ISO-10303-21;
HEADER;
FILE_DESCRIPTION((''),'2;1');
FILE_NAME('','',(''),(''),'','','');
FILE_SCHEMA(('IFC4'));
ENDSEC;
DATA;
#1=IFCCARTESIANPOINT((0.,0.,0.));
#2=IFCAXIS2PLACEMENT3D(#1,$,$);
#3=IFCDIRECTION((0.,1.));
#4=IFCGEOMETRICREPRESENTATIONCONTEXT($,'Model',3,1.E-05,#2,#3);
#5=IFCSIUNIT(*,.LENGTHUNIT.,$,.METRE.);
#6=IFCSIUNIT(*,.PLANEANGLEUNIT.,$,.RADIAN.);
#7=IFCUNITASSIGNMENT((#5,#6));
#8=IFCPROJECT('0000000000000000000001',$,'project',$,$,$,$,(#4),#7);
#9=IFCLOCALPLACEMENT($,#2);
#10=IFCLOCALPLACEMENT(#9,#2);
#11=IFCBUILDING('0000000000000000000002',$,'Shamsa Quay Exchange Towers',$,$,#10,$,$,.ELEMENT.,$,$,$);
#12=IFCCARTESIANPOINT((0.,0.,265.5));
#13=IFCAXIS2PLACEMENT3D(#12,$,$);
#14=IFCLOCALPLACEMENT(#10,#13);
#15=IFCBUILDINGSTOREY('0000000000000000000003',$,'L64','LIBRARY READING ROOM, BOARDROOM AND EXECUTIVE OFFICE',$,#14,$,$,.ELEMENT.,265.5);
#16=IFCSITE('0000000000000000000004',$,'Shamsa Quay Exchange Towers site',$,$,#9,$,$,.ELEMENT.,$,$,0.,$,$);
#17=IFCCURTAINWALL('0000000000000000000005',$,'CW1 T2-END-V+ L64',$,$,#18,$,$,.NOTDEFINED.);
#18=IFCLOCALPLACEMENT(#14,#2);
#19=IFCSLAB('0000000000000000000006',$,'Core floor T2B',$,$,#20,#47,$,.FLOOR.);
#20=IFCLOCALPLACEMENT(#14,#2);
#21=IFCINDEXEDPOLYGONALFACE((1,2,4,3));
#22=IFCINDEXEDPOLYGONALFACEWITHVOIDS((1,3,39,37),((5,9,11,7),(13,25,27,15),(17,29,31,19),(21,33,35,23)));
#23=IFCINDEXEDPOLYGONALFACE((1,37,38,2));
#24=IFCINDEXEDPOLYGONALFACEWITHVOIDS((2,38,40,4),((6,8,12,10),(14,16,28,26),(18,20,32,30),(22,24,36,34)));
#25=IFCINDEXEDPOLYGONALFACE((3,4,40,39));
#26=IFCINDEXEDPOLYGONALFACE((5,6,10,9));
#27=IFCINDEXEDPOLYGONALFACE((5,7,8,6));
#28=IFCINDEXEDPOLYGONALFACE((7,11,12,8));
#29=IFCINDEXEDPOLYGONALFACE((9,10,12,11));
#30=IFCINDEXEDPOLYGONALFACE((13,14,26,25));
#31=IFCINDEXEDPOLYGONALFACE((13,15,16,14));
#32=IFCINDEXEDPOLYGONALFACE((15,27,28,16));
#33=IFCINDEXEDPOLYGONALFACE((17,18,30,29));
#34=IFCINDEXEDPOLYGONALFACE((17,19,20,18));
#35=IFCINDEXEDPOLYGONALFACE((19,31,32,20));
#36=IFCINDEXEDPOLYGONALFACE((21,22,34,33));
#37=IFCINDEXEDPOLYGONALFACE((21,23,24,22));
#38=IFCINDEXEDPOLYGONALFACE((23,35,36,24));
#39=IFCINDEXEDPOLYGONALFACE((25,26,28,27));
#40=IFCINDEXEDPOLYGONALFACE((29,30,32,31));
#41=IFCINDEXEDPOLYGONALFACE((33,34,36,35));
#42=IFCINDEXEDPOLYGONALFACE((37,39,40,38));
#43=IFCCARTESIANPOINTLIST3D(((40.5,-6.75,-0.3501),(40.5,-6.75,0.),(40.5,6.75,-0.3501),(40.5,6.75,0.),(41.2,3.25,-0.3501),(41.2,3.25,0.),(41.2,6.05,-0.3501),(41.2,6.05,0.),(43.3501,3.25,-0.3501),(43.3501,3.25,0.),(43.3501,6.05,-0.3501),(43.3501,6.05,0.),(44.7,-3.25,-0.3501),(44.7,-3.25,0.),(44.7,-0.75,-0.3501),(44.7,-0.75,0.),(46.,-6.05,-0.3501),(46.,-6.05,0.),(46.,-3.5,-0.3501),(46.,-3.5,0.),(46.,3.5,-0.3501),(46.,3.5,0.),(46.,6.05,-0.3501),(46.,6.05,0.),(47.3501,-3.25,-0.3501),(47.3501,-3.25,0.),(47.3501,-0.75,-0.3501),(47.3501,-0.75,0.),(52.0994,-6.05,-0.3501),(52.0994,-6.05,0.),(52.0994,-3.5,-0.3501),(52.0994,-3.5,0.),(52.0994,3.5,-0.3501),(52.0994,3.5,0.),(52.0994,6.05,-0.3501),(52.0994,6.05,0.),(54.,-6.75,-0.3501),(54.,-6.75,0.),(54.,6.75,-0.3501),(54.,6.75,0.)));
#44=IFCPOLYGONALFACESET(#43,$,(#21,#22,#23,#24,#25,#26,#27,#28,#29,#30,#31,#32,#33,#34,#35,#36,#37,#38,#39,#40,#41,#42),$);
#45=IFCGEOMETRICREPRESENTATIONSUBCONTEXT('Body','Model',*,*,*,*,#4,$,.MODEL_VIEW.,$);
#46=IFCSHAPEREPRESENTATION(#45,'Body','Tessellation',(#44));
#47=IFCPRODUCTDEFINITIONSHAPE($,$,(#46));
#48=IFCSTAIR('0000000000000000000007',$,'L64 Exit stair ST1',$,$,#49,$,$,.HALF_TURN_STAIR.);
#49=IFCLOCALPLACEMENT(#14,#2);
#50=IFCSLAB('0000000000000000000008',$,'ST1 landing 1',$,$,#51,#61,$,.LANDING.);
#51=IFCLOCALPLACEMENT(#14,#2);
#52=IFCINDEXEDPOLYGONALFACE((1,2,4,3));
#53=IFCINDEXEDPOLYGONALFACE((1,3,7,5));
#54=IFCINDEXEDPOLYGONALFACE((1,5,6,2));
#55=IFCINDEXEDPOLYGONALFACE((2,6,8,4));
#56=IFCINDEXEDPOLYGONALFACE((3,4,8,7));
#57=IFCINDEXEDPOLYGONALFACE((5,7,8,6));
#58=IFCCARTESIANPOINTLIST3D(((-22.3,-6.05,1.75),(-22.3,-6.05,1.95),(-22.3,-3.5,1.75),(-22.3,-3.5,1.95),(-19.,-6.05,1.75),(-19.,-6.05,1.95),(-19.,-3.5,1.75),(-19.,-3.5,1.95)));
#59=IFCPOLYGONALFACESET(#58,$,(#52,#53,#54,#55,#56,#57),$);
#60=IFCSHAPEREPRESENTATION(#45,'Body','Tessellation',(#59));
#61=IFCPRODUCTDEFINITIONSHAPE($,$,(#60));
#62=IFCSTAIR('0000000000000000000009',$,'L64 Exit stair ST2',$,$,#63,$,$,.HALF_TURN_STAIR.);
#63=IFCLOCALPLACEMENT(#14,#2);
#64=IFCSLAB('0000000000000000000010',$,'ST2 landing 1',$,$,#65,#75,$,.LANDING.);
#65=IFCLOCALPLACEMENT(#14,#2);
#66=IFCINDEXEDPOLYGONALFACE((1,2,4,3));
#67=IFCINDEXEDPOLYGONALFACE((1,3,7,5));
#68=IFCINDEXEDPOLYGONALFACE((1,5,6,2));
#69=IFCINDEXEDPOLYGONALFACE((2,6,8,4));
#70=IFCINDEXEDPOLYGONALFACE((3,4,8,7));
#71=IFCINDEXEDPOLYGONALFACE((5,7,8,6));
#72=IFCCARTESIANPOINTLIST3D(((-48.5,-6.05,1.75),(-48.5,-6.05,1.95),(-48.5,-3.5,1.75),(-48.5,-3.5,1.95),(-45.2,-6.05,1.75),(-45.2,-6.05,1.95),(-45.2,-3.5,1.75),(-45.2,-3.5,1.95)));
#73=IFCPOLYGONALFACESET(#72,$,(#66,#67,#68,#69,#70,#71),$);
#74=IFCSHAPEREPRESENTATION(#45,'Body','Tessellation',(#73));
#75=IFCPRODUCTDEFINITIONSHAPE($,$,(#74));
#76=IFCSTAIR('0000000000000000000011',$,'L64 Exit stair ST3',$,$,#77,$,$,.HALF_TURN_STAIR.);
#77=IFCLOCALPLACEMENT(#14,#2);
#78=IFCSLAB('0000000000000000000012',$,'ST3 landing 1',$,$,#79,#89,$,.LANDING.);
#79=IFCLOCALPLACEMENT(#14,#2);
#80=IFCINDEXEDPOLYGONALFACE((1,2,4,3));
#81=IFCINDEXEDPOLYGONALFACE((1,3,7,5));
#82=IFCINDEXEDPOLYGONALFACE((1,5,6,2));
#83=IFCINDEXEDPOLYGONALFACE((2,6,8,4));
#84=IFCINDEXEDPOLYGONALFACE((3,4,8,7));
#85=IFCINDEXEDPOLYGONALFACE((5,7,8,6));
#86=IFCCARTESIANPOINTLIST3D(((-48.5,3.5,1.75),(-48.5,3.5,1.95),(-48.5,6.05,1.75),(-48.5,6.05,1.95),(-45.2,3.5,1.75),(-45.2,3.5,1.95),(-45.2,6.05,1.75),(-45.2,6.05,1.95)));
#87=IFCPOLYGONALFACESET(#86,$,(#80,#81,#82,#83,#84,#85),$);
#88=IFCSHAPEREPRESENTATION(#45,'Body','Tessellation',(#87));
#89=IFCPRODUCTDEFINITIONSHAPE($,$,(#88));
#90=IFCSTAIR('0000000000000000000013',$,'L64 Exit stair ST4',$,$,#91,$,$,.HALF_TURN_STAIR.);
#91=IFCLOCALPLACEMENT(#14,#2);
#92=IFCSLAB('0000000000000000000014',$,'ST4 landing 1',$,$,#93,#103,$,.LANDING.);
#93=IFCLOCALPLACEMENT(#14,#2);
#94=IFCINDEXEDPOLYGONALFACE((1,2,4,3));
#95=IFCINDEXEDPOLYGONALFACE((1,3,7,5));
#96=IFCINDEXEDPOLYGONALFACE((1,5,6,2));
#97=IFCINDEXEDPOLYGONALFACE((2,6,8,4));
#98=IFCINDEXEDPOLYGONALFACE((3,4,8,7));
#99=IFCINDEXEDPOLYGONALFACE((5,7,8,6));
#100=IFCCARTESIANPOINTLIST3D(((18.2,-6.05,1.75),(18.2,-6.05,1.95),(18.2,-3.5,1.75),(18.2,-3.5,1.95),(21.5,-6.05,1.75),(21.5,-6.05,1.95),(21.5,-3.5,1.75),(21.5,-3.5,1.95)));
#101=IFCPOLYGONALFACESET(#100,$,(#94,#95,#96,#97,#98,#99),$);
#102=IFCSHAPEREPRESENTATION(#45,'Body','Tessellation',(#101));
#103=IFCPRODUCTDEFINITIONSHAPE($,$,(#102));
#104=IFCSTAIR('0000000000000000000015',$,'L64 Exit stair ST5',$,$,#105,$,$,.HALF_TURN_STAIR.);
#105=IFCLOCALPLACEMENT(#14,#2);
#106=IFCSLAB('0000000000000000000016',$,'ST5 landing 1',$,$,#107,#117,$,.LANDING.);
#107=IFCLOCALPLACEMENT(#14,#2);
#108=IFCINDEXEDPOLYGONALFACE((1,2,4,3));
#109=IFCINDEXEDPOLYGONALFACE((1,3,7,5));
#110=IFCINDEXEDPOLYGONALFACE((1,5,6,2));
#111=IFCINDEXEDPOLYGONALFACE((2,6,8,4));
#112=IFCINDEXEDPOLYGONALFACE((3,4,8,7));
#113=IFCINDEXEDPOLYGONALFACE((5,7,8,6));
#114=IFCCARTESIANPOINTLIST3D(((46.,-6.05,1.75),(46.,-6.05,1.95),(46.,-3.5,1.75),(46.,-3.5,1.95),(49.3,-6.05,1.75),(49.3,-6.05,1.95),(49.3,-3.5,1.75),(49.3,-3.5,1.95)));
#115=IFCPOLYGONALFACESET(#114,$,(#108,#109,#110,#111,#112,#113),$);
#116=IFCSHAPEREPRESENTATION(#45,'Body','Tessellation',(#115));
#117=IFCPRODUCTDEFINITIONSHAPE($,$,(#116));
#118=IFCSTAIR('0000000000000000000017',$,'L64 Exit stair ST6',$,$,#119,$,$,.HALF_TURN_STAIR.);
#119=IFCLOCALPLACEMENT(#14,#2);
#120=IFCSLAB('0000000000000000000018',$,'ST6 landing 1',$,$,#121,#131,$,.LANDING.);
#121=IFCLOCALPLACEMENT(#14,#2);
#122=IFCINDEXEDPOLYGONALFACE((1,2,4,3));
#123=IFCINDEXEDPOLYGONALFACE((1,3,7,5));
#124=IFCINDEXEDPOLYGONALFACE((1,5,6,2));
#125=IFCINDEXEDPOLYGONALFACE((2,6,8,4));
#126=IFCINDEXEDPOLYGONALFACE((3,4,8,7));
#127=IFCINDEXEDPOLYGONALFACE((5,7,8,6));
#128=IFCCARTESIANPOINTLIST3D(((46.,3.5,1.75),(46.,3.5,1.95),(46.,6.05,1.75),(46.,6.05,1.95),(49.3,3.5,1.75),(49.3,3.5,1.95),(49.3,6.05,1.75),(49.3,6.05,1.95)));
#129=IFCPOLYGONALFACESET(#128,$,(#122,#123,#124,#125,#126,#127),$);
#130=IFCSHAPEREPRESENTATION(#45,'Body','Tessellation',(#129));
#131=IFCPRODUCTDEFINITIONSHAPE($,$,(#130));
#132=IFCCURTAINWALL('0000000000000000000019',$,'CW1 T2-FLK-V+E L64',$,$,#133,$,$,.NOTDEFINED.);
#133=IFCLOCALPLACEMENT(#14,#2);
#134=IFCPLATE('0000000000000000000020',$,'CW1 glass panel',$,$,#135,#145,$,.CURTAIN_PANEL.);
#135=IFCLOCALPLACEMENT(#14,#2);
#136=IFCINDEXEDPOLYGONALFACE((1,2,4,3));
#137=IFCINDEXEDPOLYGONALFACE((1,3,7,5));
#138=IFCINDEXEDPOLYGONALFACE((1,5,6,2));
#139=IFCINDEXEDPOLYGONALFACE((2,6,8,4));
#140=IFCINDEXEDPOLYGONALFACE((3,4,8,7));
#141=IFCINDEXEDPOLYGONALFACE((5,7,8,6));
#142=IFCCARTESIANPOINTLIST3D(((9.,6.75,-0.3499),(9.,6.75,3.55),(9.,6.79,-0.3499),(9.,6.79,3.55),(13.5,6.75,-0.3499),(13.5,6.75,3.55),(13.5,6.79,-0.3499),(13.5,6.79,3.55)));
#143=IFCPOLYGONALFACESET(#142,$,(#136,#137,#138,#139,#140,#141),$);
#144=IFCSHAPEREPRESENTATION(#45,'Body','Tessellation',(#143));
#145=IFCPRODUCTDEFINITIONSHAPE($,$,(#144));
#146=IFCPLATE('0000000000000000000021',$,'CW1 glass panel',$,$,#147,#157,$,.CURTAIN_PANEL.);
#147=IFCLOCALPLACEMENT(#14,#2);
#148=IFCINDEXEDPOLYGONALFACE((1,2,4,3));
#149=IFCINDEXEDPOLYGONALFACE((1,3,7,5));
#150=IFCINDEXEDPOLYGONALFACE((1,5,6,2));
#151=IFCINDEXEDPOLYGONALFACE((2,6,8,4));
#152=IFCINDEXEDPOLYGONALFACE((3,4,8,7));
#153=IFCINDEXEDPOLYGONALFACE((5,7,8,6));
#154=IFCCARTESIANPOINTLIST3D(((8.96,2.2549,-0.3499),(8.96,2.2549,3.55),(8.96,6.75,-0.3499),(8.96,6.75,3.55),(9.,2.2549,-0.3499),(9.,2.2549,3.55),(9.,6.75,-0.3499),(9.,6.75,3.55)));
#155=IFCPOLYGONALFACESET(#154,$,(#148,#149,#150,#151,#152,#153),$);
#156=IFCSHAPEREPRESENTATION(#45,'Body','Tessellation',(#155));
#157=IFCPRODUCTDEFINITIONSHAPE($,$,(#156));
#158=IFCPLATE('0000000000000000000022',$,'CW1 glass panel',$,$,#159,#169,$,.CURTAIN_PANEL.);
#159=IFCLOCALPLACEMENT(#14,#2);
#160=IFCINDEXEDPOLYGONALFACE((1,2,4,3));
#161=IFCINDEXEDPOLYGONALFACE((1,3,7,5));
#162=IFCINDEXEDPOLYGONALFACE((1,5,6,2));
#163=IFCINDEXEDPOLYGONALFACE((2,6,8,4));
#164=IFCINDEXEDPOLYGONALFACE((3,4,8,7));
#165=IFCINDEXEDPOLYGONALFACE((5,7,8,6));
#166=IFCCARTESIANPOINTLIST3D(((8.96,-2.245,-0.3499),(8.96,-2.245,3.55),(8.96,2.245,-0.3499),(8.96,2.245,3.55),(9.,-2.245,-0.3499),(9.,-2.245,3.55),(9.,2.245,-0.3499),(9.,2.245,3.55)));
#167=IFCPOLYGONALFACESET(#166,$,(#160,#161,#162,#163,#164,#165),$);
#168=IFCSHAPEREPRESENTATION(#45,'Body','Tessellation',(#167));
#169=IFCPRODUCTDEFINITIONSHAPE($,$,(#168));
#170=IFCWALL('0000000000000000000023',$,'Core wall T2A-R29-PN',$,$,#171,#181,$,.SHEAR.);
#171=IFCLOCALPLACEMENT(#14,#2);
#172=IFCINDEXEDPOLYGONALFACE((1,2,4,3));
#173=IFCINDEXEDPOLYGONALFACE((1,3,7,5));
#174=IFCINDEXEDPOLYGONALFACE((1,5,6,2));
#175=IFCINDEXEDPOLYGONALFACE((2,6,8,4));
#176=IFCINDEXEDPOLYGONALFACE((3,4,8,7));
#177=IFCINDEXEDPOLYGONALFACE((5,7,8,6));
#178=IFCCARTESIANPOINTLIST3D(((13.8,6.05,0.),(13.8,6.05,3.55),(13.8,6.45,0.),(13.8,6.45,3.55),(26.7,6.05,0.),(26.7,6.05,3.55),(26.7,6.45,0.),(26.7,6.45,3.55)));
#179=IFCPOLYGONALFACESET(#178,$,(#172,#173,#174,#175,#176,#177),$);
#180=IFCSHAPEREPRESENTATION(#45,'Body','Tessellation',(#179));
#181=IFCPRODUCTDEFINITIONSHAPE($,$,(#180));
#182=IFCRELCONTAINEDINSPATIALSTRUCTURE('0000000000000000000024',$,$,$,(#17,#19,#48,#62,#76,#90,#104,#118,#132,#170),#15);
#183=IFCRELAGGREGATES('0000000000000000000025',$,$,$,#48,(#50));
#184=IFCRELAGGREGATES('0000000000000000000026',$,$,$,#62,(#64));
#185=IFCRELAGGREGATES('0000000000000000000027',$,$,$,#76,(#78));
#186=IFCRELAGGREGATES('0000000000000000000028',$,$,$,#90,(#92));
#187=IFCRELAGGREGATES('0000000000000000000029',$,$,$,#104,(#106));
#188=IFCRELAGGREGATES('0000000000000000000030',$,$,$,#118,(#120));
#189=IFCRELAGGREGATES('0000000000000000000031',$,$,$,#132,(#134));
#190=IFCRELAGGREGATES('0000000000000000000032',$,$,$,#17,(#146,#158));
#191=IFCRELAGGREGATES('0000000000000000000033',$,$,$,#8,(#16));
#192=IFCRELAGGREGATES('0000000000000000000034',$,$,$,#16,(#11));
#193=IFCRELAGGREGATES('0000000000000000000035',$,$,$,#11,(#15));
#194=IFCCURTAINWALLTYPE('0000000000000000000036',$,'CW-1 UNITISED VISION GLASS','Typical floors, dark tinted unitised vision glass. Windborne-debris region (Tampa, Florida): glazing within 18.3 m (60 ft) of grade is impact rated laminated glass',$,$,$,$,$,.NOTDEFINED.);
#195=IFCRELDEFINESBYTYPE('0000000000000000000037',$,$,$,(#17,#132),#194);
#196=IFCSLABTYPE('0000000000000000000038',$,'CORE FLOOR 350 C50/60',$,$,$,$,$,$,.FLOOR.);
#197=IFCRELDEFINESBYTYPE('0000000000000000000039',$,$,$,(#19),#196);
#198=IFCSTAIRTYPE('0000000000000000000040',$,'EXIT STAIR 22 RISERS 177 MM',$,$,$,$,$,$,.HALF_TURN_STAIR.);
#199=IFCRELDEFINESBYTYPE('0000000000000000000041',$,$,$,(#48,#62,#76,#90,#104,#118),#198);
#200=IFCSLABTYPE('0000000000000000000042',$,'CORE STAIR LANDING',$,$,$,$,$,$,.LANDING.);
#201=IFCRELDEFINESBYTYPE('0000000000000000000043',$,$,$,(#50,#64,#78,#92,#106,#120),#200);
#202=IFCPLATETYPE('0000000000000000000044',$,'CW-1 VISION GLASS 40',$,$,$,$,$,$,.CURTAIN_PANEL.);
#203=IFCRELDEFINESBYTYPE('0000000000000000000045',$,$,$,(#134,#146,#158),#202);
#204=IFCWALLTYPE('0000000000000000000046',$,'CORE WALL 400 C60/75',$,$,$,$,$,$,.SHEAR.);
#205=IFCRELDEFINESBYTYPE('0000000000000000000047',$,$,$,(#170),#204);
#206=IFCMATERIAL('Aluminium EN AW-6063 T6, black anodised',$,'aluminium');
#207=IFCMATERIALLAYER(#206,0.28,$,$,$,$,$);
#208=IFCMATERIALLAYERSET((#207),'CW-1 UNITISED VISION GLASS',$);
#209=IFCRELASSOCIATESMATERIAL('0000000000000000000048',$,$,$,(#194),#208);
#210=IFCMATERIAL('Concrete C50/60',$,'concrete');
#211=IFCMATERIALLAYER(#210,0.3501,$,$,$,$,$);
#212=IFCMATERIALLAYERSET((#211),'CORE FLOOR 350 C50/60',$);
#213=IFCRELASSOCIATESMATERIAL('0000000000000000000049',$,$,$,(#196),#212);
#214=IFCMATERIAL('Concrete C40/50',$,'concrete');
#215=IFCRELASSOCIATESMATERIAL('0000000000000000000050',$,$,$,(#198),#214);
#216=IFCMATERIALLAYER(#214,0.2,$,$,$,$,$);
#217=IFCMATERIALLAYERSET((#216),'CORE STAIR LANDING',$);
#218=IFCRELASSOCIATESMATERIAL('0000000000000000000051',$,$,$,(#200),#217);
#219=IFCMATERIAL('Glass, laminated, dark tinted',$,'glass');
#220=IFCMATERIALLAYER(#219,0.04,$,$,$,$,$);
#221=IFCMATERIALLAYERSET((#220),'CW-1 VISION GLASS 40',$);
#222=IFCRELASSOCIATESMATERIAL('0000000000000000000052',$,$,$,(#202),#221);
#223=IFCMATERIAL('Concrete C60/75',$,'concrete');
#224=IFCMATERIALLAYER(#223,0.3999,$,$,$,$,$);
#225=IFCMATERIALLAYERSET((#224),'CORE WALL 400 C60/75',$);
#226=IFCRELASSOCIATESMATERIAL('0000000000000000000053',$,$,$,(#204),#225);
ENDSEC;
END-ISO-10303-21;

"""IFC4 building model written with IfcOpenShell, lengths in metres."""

from ifc_helpers import new_model, si_unit, direction, frame, frame_2d, origin, origin_2d, place, context, subcontext, project, spatial, polyline, rectangle, outline, extrude, material, layer, layer_set, type_object, element, aggregate, save


model = new_model("IFC4")

# Units and contexts
model_context = context("Model", 3, precision=1e-05, world=origin(), true_north=direction((0.0, 1.0)))
body_context = subcontext(model_context, "Body", "Model", "MODEL_VIEW")
ifc_project = project(units=[si_unit("LENGTHUNIT", "METRE"), si_unit("PLANEANGLEUNIT", "RADIAN")], contexts=[model_context])

# Site, building, storey
site_placement = place(None, origin())
site = spatial("IfcSite", under=ifc_project, at=site_placement, Name="Shamsa Quay Exchange Towers site", CompositionType="ELEMENT", RefElevation=0.0)
building_placement = place(site_placement, origin())
building = spatial("IfcBuilding", under=site, at=building_placement, Name="Shamsa Quay Exchange Towers", CompositionType="ELEMENT")
storey_placement = place(building_placement, frame((0.0, 0.0, 265.5)))
storey = spatial("IfcBuildingStorey", under=building, at=storey_placement, Name="L64", Description="LIBRARY READING ROOM, BOARDROOM AND EXECUTIVE OFFICE", CompositionType="ELEMENT", Elevation=265.5)

# Curtain wall
ifc_material_1 = material(Name="Aluminium EN AW-6063 T6, black anodised", Category="aluminium")
ifc_layer_1 = layer(ifc_material_1, 0.28)
ifc_layer_set_1 = layer_set([ifc_layer_1], Name="CW-1 UNITISED VISION GLASS")
curtain_wall_type = type_object("IfcCurtainWallType", Name="CW-1 UNITISED VISION GLASS", Description="Typical floors, dark tinted unitised vision glass. Windborne-debris region (Tampa, Florida): glazing within 18.3 m (60 ft) of grade is impact rated laminated glass", PredefinedType="NOTDEFINED", material=ifc_layer_set_1)
curtain_wall_1_placement = place(storey_placement, origin())
curtain_wall_1 = element("IfcCurtainWall", 1, at=curtain_wall_1_placement, inside=storey, type_object=curtain_wall_type, Name="CW1 T2-END-V+ L64", PredefinedType="NOTDEFINED")

# Slab
ifc_material_2 = material(Name="Concrete C50/60", Category="concrete")
ifc_layer_2 = layer(ifc_material_2, 0.3501)
ifc_layer_set_2 = layer_set([ifc_layer_2], Name="CORE FLOOR 350 C50/60")
slab_type_1 = type_object("IfcSlabType", Name="CORE FLOOR 350 C50/60", PredefinedType="FLOOR", material=ifc_layer_set_2)
slab_1_placement = place(storey_placement, frame((0.0, 0.0, -0.3501)))
element("IfcSlab", 2, at=slab_1_placement, inside=storey, type_object=slab_type_1, Name="Core floor T2B", PredefinedType="FLOOR", context=body_context, shape_type="SweptSolid", body=[
    extrude(outline(polyline([(54.0, -6.75), (54.0, 6.75), (40.5, 6.75), (40.5, -6.75), (54.0, -6.75)]), holes=[polyline([(52.0994, -3.5), (52.0994, -6.05), (46.0, -6.05), (46.0, -3.5), (52.0994, -3.5)]), polyline([(52.0994, 6.05), (52.0994, 3.5), (46.0, 3.5), (46.0, 6.05), (52.0994, 6.05)]), polyline([(43.3501, 3.25), (41.2, 3.25), (41.2, 6.05), (43.3501, 6.05), (43.3501, 3.25)]), polyline([(47.3501, -3.25), (44.7, -3.25), (44.7, -0.75), (47.3501, -0.75), (47.3501, -3.25)])]), origin(), (0.0, 0.0, 1.0), 0.3501),
])

# Stairs, slabs
ifc_material_3 = material(Name="Concrete C40/50", Category="concrete")
stair_type = type_object("IfcStairType", Name="EXIT STAIR 22 RISERS 177 MM", PredefinedType="HALF_TURN_STAIR", material=ifc_material_3)
stair_1_placement = place(storey_placement, origin())
stair_1 = element("IfcStair", 3, at=stair_1_placement, inside=storey, type_object=stair_type, Name="L64 Exit stair ST1", PredefinedType="HALF_TURN_STAIR")
ifc_layer_3 = layer(ifc_material_3, 0.2)
ifc_layer_set_3 = layer_set([ifc_layer_3], Name="CORE STAIR LANDING")
slab_type_2 = type_object("IfcSlabType", Name="CORE STAIR LANDING", PredefinedType="LANDING", material=ifc_layer_set_3)
slab_2_placement = place(storey_placement, frame((0.0, 0.0, 1.75)))
slab_2 = element("IfcSlab", 4, at=slab_2_placement, type_object=slab_type_2, Name="ST1 landing 1", PredefinedType="LANDING", context=body_context, shape_type="SweptSolid", body=[
    extrude(outline(polyline([(-22.3, -6.05), (-19.0, -6.05), (-19.0, -3.5), (-22.3, -3.5), (-22.3, -6.05)])), origin(), (0.0, 0.0, 1.0), 0.2),
])
aggregate(stair_1, [slab_2])
stair_2_placement = place(storey_placement, origin())
stair_2 = element("IfcStair", 5, at=stair_2_placement, inside=storey, type_object=stair_type, Name="L64 Exit stair ST2", PredefinedType="HALF_TURN_STAIR")
slab_3_placement = place(storey_placement, frame((0.0, 0.0, 1.75)))
slab_3 = element("IfcSlab", 6, at=slab_3_placement, type_object=slab_type_2, Name="ST2 landing 1", PredefinedType="LANDING", context=body_context, shape_type="SweptSolid", body=[
    extrude(outline(polyline([(-45.2, -3.5), (-48.5, -3.5), (-48.5, -6.05), (-45.2, -6.05), (-45.2, -3.5)])), origin(), (0.0, 0.0, 1.0), 0.2),
])
aggregate(stair_2, [slab_3])
stair_3_placement = place(storey_placement, origin())
stair_3 = element("IfcStair", 7, at=stair_3_placement, inside=storey, type_object=stair_type, Name="L64 Exit stair ST3", PredefinedType="HALF_TURN_STAIR")
slab_4_placement = place(storey_placement, frame((0.0, 0.0, 1.75)))
slab_4 = element("IfcSlab", 8, at=slab_4_placement, type_object=slab_type_2, Name="ST3 landing 1", PredefinedType="LANDING", context=body_context, shape_type="SweptSolid", body=[
    extrude(outline(polyline([(-45.2, 6.05), (-48.5, 6.05), (-48.5, 3.5), (-45.2, 3.5), (-45.2, 6.05)])), origin(), (0.0, 0.0, 1.0), 0.2),
])
aggregate(stair_3, [slab_4])
stair_4_placement = place(storey_placement, origin())
stair_4 = element("IfcStair", 9, at=stair_4_placement, inside=storey, type_object=stair_type, Name="L64 Exit stair ST4", PredefinedType="HALF_TURN_STAIR")
slab_5_placement = place(storey_placement, frame((0.0, 0.0, 1.75)))
slab_5 = element("IfcSlab", 10, at=slab_5_placement, type_object=slab_type_2, Name="ST4 landing 1", PredefinedType="LANDING", context=body_context, shape_type="SweptSolid", body=[
    extrude(outline(polyline([(18.2, -6.05), (21.5, -6.05), (21.5, -3.5), (18.2, -3.5), (18.2, -6.05)])), origin(), (0.0, 0.0, 1.0), 0.2),
])
aggregate(stair_4, [slab_5])
stair_5_placement = place(storey_placement, origin())
stair_5 = element("IfcStair", 11, at=stair_5_placement, inside=storey, type_object=stair_type, Name="L64 Exit stair ST5", PredefinedType="HALF_TURN_STAIR")
slab_6_placement = place(storey_placement, frame((0.0, 0.0, 1.75)))
slab_6 = element("IfcSlab", 12, at=slab_6_placement, type_object=slab_type_2, Name="ST5 landing 1", PredefinedType="LANDING", context=body_context, shape_type="SweptSolid", body=[
    extrude(outline(polyline([(49.3, -3.5), (46.0, -3.5), (46.0, -6.05), (49.3, -6.05), (49.3, -3.5)])), origin(), (0.0, 0.0, 1.0), 0.2),
])
aggregate(stair_5, [slab_6])
stair_6_placement = place(storey_placement, origin())
stair_6 = element("IfcStair", 13, at=stair_6_placement, inside=storey, type_object=stair_type, Name="L64 Exit stair ST6", PredefinedType="HALF_TURN_STAIR")
slab_7_placement = place(storey_placement, frame((0.0, 0.0, 1.75)))
slab_7 = element("IfcSlab", 14, at=slab_7_placement, type_object=slab_type_2, Name="ST6 landing 1", PredefinedType="LANDING", context=body_context, shape_type="SweptSolid", body=[
    extrude(outline(polyline([(49.3, 6.05), (46.0, 6.05), (46.0, 3.5), (49.3, 3.5), (49.3, 6.05)])), origin(), (0.0, 0.0, 1.0), 0.2),
])
aggregate(stair_6, [slab_7])

# Curtain wall, plate
curtain_wall_2_placement = place(storey_placement, origin())
curtain_wall_2 = element("IfcCurtainWall", 15, at=curtain_wall_2_placement, inside=storey, type_object=curtain_wall_type, Name="CW1 T2-FLK-V+E L64", PredefinedType="NOTDEFINED")
ifc_material_4 = material(Name="Glass, laminated, dark tinted", Category="glass")
ifc_layer_4 = layer(ifc_material_4, 0.04)
ifc_layer_set_4 = layer_set([ifc_layer_4], Name="CW-1 VISION GLASS 40")
plate_type = type_object("IfcPlateType", Name="CW-1 VISION GLASS 40", PredefinedType="CURTAIN_PANEL", material=ifc_layer_set_4)
plate_1_placement = place(storey_placement, frame((11.25, 6.77, -0.3499), z_axis=(0.0, 0.0, 1.0), x_axis=(-1.0, 0.0, 0.0)))
plate_1 = element("IfcPlate", 16, at=plate_1_placement, type_object=plate_type, Name="CW1 glass panel", PredefinedType="CURTAIN_PANEL", context=body_context, shape_type="SweptSolid", body=[
    extrude(rectangle(XDim=4.5, YDim=0.04, at=origin_2d()), origin(), (0.0, 0.0, 1.0), 3.8999),
])
aggregate(curtain_wall_2, [plate_1])

# Plates
plate_2_placement = place(storey_placement, frame((8.98, 4.5024, -0.3499), z_axis=(0.0, 0.0, 1.0), x_axis=(0.0, -1.0, 0.0)))
plate_2 = element("IfcPlate", 17, at=plate_2_placement, type_object=plate_type, Name="CW1 glass panel", PredefinedType="CURTAIN_PANEL", context=body_context, shape_type="SweptSolid", body=[
    extrude(rectangle(XDim=4.4951, YDim=0.04, at=origin_2d()), origin(), (0.0, 0.0, 1.0), 3.8999),
])
plate_3_placement = place(storey_placement, frame((8.98, 0.0, -0.3499), z_axis=(0.0, 0.0, 1.0), x_axis=(0.0, -1.0, 0.0)))
plate_3 = element("IfcPlate", 18, at=plate_3_placement, type_object=plate_type, Name="CW1 glass panel", PredefinedType="CURTAIN_PANEL", context=body_context, shape_type="SweptSolid", body=[
    extrude(rectangle(XDim=4.49, YDim=0.04, at=origin_2d()), origin(), (0.0, 0.0, 1.0), 3.8999),
])
aggregate(curtain_wall_1, [plate_2, plate_3])

# Wall
ifc_material_5 = material(Name="Concrete C60/75", Category="concrete")
ifc_layer_5 = layer(ifc_material_5, 0.3999)
ifc_layer_set_5 = layer_set([ifc_layer_5], Name="CORE WALL 400 C60/75")
wall_type = type_object("IfcWallType", Name="CORE WALL 400 C60/75", PredefinedType="SHEAR", material=ifc_layer_set_5)
wall_placement = place(storey_placement, frame((13.8, 6.25, 0.0)))
element("IfcWall", 19, at=wall_placement, inside=storey, type_object=wall_type, Name="Core wall T2A-R29-PN", PredefinedType="SHEAR", context=body_context, shape_type="SweptSolid", body=[
    extrude(rectangle(XDim=12.8999, YDim=0.3999, at=frame_2d((6.45, 0.0))), origin(), (0.0, 0.0, 1.0), 3.55),
])

save(model, "model.ifc")
